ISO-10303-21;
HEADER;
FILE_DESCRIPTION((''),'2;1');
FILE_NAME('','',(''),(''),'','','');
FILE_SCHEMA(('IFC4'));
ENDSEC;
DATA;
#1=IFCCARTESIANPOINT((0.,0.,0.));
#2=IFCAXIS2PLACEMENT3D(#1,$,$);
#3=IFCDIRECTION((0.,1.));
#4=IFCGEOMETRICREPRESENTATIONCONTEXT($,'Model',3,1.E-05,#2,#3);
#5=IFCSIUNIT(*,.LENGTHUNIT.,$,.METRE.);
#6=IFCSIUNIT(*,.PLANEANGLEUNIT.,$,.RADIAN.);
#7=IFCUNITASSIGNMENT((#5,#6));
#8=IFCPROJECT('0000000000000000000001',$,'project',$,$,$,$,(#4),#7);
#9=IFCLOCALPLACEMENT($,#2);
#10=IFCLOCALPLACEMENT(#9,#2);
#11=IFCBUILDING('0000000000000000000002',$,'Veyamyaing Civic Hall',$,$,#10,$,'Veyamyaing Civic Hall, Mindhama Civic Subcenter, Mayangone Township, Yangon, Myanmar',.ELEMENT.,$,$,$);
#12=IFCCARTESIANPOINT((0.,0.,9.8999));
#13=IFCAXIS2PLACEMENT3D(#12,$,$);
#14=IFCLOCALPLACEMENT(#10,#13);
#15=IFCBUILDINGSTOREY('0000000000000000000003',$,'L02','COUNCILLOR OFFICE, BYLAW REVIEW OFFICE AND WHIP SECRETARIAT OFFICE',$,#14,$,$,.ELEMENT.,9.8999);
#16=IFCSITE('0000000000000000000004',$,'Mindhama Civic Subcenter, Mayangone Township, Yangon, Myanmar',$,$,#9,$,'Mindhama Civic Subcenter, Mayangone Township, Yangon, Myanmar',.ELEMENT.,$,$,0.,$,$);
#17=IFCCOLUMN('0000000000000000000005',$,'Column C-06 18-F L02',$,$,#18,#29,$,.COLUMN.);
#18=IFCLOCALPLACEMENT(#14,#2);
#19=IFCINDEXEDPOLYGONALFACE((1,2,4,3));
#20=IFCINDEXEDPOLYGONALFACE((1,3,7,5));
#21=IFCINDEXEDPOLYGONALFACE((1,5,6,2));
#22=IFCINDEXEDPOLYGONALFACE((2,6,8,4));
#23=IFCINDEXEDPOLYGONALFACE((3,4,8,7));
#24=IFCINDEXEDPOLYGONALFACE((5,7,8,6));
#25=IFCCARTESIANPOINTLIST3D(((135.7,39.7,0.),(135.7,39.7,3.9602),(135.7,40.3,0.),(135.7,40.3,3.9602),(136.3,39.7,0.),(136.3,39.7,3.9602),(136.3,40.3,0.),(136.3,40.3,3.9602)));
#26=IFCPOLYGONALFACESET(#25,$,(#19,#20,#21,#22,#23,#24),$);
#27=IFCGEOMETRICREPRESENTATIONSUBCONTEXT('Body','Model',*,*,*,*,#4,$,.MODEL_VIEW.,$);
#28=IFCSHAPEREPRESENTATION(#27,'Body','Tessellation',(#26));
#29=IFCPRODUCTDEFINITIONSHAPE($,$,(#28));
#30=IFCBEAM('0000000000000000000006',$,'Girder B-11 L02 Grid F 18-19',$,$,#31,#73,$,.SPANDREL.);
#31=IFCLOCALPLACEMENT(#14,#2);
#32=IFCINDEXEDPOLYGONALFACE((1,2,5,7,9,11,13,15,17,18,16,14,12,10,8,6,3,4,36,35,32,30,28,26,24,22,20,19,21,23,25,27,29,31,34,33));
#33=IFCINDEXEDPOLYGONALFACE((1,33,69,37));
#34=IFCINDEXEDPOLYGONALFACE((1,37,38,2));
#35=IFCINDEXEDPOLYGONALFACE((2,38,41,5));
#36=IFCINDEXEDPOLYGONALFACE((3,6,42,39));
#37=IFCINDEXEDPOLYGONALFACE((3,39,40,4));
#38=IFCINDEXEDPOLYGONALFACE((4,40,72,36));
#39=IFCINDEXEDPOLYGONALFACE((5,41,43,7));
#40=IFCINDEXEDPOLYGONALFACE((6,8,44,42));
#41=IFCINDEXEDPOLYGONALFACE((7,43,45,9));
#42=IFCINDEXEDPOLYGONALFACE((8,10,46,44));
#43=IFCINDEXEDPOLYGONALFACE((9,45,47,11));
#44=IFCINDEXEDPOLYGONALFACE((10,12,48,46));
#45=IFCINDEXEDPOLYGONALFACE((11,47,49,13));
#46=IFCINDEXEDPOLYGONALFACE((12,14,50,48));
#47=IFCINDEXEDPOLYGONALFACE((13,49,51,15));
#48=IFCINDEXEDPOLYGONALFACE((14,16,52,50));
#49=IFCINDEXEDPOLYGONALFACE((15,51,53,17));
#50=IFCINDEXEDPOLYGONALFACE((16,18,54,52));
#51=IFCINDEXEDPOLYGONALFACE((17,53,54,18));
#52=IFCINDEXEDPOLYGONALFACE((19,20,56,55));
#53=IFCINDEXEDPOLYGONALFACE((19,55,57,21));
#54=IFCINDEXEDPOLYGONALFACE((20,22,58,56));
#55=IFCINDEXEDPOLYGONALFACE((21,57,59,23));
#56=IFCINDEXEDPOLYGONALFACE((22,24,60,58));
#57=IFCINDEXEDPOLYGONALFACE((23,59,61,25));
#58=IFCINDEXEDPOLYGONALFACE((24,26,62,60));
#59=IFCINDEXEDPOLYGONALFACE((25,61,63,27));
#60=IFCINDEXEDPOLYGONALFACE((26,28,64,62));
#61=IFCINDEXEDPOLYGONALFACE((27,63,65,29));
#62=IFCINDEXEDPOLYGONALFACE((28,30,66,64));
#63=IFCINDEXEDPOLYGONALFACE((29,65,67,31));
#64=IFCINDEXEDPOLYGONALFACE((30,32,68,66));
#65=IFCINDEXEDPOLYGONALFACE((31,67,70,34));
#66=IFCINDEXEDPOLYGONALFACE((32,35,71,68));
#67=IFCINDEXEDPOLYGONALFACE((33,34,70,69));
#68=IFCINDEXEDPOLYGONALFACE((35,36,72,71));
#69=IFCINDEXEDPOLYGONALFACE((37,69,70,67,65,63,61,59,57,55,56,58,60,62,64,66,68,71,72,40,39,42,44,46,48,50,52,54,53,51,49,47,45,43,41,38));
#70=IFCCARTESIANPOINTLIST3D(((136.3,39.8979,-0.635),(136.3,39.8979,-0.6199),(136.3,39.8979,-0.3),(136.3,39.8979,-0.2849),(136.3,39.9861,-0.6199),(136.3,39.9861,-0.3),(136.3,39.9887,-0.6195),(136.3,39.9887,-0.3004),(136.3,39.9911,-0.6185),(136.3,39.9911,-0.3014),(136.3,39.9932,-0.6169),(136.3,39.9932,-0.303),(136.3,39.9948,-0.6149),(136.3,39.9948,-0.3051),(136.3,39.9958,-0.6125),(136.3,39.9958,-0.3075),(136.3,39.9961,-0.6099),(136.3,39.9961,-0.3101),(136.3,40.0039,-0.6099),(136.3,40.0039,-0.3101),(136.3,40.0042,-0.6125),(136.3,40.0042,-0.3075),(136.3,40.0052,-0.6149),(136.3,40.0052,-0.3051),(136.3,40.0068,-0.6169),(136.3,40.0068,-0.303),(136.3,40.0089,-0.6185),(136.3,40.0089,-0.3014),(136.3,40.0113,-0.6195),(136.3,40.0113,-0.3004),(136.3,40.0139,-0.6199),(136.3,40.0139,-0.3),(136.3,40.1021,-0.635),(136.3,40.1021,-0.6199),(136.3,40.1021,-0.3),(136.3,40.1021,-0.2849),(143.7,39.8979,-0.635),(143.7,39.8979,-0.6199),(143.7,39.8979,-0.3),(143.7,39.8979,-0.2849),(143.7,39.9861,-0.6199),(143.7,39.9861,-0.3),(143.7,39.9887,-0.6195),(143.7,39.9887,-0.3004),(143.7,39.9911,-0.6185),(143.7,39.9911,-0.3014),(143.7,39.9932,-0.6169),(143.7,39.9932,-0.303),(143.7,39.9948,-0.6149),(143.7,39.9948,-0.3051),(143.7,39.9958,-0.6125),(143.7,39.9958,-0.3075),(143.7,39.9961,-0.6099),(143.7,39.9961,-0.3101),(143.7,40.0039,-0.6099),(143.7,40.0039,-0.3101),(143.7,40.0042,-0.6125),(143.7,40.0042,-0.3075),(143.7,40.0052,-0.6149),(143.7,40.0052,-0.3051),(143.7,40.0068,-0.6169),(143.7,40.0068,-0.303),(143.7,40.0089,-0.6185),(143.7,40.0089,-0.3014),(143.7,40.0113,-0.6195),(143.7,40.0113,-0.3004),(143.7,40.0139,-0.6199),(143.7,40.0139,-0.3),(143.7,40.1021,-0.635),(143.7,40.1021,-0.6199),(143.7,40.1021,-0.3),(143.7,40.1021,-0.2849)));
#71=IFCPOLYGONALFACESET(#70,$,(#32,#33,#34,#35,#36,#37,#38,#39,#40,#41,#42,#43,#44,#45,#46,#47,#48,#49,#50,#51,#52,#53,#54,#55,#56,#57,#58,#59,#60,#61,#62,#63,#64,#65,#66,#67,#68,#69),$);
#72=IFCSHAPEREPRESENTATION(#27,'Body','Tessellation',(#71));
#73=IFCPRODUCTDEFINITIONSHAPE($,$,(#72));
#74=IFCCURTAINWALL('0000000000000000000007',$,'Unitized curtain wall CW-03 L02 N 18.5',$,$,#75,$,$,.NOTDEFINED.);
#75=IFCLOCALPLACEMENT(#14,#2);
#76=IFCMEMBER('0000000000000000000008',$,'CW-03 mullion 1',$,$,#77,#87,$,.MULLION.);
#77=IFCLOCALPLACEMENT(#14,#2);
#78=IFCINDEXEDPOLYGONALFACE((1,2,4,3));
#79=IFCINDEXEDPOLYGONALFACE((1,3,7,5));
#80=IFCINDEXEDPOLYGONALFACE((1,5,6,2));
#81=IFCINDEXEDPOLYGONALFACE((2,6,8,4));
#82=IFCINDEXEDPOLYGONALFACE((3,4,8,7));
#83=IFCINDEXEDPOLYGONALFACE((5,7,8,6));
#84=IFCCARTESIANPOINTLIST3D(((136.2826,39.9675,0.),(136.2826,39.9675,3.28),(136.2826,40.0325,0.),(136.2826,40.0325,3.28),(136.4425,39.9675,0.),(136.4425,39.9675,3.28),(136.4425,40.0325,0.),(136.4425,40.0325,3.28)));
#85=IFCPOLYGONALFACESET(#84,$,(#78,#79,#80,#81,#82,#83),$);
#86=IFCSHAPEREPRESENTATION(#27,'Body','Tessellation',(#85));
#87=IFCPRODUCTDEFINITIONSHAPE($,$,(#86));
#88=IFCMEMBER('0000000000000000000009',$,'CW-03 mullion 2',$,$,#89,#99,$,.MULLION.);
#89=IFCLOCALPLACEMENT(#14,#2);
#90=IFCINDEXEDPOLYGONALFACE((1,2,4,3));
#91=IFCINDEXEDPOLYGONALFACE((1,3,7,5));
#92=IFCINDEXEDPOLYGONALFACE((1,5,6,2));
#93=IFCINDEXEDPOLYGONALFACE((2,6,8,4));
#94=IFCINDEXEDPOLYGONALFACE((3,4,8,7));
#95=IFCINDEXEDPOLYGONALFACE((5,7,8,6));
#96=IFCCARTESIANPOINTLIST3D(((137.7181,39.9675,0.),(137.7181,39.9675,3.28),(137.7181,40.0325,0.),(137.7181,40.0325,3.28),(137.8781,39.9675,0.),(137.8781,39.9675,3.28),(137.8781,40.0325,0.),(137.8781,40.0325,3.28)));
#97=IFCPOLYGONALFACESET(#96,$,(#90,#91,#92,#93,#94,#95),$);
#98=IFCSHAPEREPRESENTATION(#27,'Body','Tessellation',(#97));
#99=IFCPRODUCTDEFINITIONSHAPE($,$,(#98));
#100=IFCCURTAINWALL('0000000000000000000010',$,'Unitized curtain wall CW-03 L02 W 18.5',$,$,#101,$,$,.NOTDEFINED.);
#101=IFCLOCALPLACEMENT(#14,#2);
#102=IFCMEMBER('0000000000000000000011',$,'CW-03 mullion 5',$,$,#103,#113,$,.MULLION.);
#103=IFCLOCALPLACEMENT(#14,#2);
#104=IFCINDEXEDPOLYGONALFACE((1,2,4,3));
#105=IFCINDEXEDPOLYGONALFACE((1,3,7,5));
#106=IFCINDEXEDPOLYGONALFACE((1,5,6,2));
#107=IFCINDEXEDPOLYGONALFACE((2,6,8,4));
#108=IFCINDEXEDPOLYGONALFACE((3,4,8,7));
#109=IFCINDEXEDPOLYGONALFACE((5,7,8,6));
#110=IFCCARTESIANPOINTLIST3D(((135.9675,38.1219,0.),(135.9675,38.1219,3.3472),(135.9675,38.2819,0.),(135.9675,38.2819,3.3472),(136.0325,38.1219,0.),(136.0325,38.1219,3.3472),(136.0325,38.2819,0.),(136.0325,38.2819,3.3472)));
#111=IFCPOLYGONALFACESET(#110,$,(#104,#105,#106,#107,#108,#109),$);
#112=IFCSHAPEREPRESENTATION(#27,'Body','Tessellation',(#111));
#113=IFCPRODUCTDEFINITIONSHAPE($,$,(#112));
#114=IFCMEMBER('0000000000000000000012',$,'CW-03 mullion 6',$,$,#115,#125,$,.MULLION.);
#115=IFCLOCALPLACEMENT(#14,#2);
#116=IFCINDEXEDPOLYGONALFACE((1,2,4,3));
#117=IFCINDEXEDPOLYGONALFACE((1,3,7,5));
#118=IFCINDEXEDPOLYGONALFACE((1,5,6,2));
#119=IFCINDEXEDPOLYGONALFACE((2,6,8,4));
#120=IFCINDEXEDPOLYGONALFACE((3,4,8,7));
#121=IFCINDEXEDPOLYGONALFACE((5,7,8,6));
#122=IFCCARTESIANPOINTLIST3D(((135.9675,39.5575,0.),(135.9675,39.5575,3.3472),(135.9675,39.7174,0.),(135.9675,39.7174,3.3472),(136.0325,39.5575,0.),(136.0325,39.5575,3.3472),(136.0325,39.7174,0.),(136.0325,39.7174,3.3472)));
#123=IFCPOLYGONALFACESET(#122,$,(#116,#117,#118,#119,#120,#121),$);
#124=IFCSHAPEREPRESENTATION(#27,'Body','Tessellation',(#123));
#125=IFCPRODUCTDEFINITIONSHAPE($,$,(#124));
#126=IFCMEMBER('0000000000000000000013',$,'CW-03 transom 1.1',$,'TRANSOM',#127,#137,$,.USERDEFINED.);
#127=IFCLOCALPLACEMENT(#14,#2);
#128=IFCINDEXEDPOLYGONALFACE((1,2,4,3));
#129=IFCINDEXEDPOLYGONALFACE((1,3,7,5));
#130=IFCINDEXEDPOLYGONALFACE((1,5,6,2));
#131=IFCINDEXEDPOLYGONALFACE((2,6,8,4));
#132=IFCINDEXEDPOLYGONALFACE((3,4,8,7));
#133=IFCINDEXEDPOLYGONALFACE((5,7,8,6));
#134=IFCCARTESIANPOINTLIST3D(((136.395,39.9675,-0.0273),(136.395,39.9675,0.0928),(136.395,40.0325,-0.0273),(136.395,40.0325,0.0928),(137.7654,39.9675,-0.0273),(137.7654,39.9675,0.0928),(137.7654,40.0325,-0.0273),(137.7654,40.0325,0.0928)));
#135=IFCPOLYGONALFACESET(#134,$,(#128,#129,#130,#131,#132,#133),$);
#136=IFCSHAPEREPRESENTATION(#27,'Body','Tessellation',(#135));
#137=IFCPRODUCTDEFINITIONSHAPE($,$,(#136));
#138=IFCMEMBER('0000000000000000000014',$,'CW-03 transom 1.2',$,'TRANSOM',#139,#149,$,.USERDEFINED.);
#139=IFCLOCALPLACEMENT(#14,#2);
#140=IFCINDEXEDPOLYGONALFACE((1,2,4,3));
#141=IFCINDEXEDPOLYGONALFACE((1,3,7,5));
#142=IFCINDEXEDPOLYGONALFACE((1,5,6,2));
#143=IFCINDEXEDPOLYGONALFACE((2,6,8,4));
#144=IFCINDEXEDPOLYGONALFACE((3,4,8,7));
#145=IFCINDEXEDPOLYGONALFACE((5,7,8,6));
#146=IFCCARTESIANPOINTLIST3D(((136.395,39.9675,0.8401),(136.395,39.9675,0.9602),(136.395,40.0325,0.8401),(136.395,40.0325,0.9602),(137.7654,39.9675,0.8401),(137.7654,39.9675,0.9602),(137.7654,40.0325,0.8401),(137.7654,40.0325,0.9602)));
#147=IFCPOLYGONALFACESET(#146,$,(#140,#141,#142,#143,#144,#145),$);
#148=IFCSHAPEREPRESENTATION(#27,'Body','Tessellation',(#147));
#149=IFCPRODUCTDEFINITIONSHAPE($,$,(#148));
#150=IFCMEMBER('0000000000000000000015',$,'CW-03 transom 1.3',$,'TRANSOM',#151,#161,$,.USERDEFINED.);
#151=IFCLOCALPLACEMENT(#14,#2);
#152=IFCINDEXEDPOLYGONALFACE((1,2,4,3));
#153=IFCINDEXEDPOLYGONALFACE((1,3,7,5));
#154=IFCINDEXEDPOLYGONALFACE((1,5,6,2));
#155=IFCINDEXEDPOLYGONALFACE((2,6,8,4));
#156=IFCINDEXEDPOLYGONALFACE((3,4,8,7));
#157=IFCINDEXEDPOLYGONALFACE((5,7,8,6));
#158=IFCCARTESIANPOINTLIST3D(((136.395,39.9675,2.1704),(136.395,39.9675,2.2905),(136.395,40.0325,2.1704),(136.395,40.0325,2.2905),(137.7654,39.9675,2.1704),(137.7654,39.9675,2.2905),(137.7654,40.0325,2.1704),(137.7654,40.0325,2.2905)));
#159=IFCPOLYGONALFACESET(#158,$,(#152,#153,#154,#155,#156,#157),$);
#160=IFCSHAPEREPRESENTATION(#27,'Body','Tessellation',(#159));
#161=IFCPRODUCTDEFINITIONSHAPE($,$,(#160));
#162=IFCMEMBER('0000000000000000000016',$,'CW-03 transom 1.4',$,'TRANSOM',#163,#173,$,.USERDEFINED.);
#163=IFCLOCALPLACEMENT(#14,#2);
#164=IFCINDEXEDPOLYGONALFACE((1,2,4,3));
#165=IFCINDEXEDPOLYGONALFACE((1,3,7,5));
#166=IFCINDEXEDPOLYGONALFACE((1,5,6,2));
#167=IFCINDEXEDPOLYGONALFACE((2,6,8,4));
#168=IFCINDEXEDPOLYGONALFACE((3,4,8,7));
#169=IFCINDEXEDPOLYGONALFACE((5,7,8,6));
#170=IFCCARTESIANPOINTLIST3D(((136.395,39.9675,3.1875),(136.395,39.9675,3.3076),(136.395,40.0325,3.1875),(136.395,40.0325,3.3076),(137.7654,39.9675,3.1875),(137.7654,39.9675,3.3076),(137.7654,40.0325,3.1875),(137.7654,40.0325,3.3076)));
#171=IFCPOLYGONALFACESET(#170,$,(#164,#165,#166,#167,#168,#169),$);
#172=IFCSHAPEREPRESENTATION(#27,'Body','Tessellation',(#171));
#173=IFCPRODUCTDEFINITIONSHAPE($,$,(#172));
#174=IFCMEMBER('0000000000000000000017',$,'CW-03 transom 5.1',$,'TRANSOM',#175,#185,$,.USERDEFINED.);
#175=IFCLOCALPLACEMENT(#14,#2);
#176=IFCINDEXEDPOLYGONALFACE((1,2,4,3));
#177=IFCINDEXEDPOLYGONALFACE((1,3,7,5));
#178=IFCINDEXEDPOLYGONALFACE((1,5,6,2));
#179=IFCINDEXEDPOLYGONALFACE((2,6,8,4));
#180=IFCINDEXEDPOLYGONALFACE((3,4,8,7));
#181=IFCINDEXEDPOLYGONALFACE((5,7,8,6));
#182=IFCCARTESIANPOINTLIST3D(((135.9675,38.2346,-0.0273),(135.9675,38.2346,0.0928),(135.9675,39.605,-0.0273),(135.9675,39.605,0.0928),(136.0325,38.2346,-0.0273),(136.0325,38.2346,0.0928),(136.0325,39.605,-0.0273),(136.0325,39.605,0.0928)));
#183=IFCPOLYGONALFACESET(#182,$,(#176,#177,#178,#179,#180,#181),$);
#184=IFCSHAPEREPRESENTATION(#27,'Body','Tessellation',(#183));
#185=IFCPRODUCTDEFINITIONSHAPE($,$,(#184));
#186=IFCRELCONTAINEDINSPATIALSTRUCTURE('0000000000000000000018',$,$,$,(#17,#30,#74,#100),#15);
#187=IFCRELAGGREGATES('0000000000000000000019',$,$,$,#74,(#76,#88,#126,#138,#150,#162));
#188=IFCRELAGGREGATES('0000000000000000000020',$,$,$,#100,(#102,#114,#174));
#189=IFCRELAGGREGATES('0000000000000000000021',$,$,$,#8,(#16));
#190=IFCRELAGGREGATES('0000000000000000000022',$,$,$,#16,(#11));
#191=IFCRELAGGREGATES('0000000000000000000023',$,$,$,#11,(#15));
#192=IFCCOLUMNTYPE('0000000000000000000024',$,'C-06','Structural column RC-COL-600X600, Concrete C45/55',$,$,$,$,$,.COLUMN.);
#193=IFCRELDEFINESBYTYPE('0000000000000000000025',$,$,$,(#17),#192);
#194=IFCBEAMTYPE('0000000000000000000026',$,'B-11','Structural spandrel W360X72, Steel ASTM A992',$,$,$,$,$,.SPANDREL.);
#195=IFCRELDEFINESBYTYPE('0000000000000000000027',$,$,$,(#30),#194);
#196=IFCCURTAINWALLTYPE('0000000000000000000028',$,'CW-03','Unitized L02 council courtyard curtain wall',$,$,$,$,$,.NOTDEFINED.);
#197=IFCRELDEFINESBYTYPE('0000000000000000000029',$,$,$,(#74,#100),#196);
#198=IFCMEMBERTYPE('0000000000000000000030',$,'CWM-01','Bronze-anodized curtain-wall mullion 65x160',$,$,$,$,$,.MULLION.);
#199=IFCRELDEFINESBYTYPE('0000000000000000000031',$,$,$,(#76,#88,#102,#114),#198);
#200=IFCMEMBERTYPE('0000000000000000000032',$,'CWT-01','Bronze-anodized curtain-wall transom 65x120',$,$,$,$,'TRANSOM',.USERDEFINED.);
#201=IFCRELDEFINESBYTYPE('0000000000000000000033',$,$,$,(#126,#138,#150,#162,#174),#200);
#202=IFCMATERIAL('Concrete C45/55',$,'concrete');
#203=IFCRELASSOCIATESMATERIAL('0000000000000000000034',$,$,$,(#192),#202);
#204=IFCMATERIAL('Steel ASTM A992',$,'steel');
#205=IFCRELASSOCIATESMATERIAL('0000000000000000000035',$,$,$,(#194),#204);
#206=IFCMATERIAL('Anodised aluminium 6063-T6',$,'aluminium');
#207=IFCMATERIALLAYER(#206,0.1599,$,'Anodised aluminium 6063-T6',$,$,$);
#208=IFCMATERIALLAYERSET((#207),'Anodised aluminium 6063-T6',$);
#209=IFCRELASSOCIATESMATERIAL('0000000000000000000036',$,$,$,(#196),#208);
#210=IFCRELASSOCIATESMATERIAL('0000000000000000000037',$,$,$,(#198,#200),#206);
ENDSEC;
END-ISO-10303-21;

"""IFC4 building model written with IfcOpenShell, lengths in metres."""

from ifc_helpers import new_model, si_unit, direction, frame, origin, origin_2d, place, context, subcontext, project, spatial, rectangle, i_section, extrude, material, layer, layer_set, material_profile, profile_set, type_object, element, aggregate, save


model = new_model("IFC4")

# Units and contexts
model_context = context("Model", 3, precision=1e-05, world=origin(), true_north=direction((0.0, 1.0)))
body_context = subcontext(model_context, "Body", "Model", "MODEL_VIEW")
ifc_project = project(units=[si_unit("LENGTHUNIT", "METRE"), si_unit("PLANEANGLEUNIT", "RADIAN")], contexts=[model_context])

# Site, building, storey
site_placement = place(None, origin())
site = spatial("IfcSite", under=ifc_project, at=site_placement, Name="Mindhama Civic Subcenter, Mayangone Township, Yangon, Myanmar", LongName="Mindhama Civic Subcenter, Mayangone Township, Yangon, Myanmar", CompositionType="ELEMENT", RefElevation=0.0)
building_placement = place(site_placement, origin())
building = spatial("IfcBuilding", under=site, at=building_placement, Name="Veyamyaing Civic Hall", LongName="Veyamyaing Civic Hall, Mindhama Civic Subcenter, Mayangone Township, Yangon, Myanmar", CompositionType="ELEMENT")
storey_placement = place(building_placement, frame((0.0, 0.0, 9.8999)))
storey = spatial("IfcBuildingStorey", under=building, at=storey_placement, Name="L02", Description="COUNCILLOR OFFICE, BYLAW REVIEW OFFICE AND WHIP SECRETARIAT OFFICE", CompositionType="ELEMENT", Elevation=9.8999)

# Column
ifc_material_1 = material(Name="Concrete C45/55", Category="concrete")
ifc_material_profile_1 = material_profile(ifc_material_1, rectangle(XDim=0.6001, YDim=0.6001, at=origin_2d()), Name="RC-COL-600X600")
ifc_profile_set_1 = profile_set([ifc_material_profile_1], Name="Concrete C45/55")
column_type = type_object("IfcColumnType", Name="C-06", Description="Structural column RC-COL-600X600, Concrete C45/55", PredefinedType="COLUMN", material=ifc_profile_set_1)
column_placement = place(storey_placement, frame((136.0, 40.0, 0.0), z_axis=(0.0, 0.0, 1.0), x_axis=(1.0, 0.0, 0.0)))
element("IfcColumn", 1, at=column_placement, inside=storey, type_object=column_type, Name="Column C-06 18-F L02", PredefinedType="COLUMN", context=body_context, shape_type="SweptSolid", body=[
    extrude(rectangle(XDim=0.6001, YDim=0.6001, at=origin_2d()), origin(), (0.0, 0.0, 1.0), 3.9602),
])

# Beam
ifc_material_2 = material(Name="Steel ASTM A992", Category="steel")
ifc_material_profile_2 = material_profile(ifc_material_2, i_section(OverallWidth=0.2041, OverallDepth=0.3501, WebThickness=0.0078, FlangeThickness=0.0151, FilletRadius=0.01, at=origin_2d()), Name="W360X72")
ifc_profile_set_2 = profile_set([ifc_material_profile_2], Name="Steel ASTM A992")
beam_type = type_object("IfcBeamType", Name="B-11", Description="Structural spandrel W360X72, Steel ASTM A992", PredefinedType="SPANDREL", material=ifc_profile_set_2)
beam_placement = place(storey_placement, frame((136.3, 40.0, -0.46), z_axis=(1.0, 0.0, 0.0), x_axis=(0.0, 1.0, 0.0)))
element("IfcBeam", 2, at=beam_placement, inside=storey, type_object=beam_type, Name="Girder B-11 L02 Grid F 18-19", PredefinedType="SPANDREL", context=body_context, shape_type="SweptSolid", body=[
    extrude(i_section(OverallWidth=0.2041, OverallDepth=0.3501, WebThickness=0.0078, FlangeThickness=0.0151, FilletRadius=0.01, at=origin_2d()), origin(), (0.0, 0.0, 1.0), 7.3999),
])

# Curtain walls, members
ifc_material_3 = material(Name="Anodised aluminium 6063-T6", Category="aluminium")
ifc_layer_1 = layer(ifc_material_3, 0.1599, Name="Anodised aluminium 6063-T6")
ifc_layer_set_1 = layer_set([ifc_layer_1], Name="Anodised aluminium 6063-T6")
curtain_wall_type = type_object("IfcCurtainWallType", Name="CW-03", Description="Unitized L02 council courtyard curtain wall", PredefinedType="NOTDEFINED", material=ifc_layer_set_1)
curtain_wall_1_placement = place(storey_placement, origin())
curtain_wall_1 = element("IfcCurtainWall", 3, at=curtain_wall_1_placement, inside=storey, type_object=curtain_wall_type, Name="Unitized curtain wall CW-03 L02 N 18.5", PredefinedType="NOTDEFINED")
ifc_material_profile_3 = material_profile(ifc_material_3, rectangle(XDim=0.0649, YDim=0.1599, at=origin_2d()), Name="ALU-MUL-65X160")
ifc_profile_set_3 = profile_set([ifc_material_profile_3], Name="Anodised aluminium 6063-T6")
member_type_1 = type_object("IfcMemberType", Name="CWM-01", Description="Bronze-anodized curtain-wall mullion 65x160", PredefinedType="MULLION", material=ifc_profile_set_3)
member_1_placement = place(storey_placement, frame((136.3625, 40.0, 0.0), z_axis=(0.0, 0.0, 1.0), x_axis=(0.0, 1.0, 0.0)))
member_1 = element("IfcMember", 4, at=member_1_placement, type_object=member_type_1, Name="CW-03 mullion 1", PredefinedType="MULLION", context=body_context, shape_type="SweptSolid", body=[
    extrude(rectangle(XDim=0.0649, YDim=0.1599, at=origin_2d()), origin(), (0.0, 0.0, 1.0), 3.28),
])
member_2_placement = place(storey_placement, frame((137.7981, 40.0, 0.0), z_axis=(0.0, 0.0, 1.0), x_axis=(0.0, 1.0, 0.0)))
member_2 = element("IfcMember", 5, at=member_2_placement, type_object=member_type_1, Name="CW-03 mullion 2", PredefinedType="MULLION", context=body_context, shape_type="SweptSolid", body=[
    extrude(rectangle(XDim=0.0649, YDim=0.1599, at=origin_2d()), origin(), (0.0, 0.0, 1.0), 3.28),
])
curtain_wall_2_placement = place(storey_placement, origin())
curtain_wall_2 = element("IfcCurtainWall", 6, at=curtain_wall_2_placement, inside=storey, type_object=curtain_wall_type, Name="Unitized curtain wall CW-03 L02 W 18.5", PredefinedType="NOTDEFINED")
member_3_placement = place(storey_placement, frame((136.0, 38.2019, 0.0), z_axis=(0.0, 0.0, 1.0), x_axis=(-1.0, 0.0, 0.0)))
member_3 = element("IfcMember", 7, at=member_3_placement, type_object=member_type_1, Name="CW-03 mullion 5", PredefinedType="MULLION", context=body_context, shape_type="SweptSolid", body=[
    extrude(rectangle(XDim=0.0649, YDim=0.1599, at=origin_2d()), origin(), (0.0, 0.0, 1.0), 3.3472),
])
member_4_placement = place(storey_placement, frame((136.0, 39.6375, 0.0), z_axis=(0.0, 0.0, 1.0), x_axis=(-1.0, 0.0, 0.0)))
member_4 = element("IfcMember", 8, at=member_4_placement, type_object=member_type_1, Name="CW-03 mullion 6", PredefinedType="MULLION", context=body_context, shape_type="SweptSolid", body=[
    extrude(rectangle(XDim=0.0649, YDim=0.1599, at=origin_2d()), origin(), (0.0, 0.0, 1.0), 3.3472),
])

# Members
ifc_material_profile_4 = material_profile(ifc_material_3, rectangle(XDim=0.0649, YDim=0.1201, at=origin_2d()), Name="ALU-TRN-65X120")
ifc_profile_set_4 = profile_set([ifc_material_profile_4], Name="Anodised aluminium 6063-T6")
member_type_2 = type_object("IfcMemberType", Name="CWT-01", Description="Bronze-anodized curtain-wall transom 65x120", ElementType="TRANSOM", PredefinedType="USERDEFINED", material=ifc_profile_set_4)
member_5_placement = place(storey_placement, frame((136.395, 40.0, 0.0327), z_axis=(1.0, 0.0, 0.0), x_axis=(0.0, 1.0, 0.0)))
member_5 = element("IfcMember", 9, at=member_5_placement, type_object=member_type_2, Name="CW-03 transom 1.1", ObjectType="TRANSOM", PredefinedType="USERDEFINED", context=body_context, shape_type="SweptSolid", body=[
    extrude(rectangle(XDim=0.0649, YDim=0.1201, at=origin_2d()), origin(), (0.0, 0.0, 1.0), 1.3704),
])
member_6_placement = place(storey_placement, frame((136.395, 40.0, 0.9001), z_axis=(1.0, 0.0, 0.0), x_axis=(0.0, 1.0, 0.0)))
member_6 = element("IfcMember", 10, at=member_6_placement, type_object=member_type_2, Name="CW-03 transom 1.2", ObjectType="TRANSOM", PredefinedType="USERDEFINED", context=body_context, shape_type="SweptSolid", body=[
    extrude(rectangle(XDim=0.0649, YDim=0.1201, at=origin_2d()), origin(), (0.0, 0.0, 1.0), 1.3704),
])
member_7_placement = place(storey_placement, frame((136.395, 40.0, 2.2305), z_axis=(1.0, 0.0, 0.0), x_axis=(0.0, 1.0, 0.0)))
member_7 = element("IfcMember", 11, at=member_7_placement, type_object=member_type_2, Name="CW-03 transom 1.3", ObjectType="TRANSOM", PredefinedType="USERDEFINED", context=body_context, shape_type="SweptSolid", body=[
    extrude(rectangle(XDim=0.0649, YDim=0.1201, at=origin_2d()), origin(), (0.0, 0.0, 1.0), 1.3704),
])
member_8_placement = place(storey_placement, frame((136.395, 40.0, 3.2476), z_axis=(1.0, 0.0, 0.0), x_axis=(0.0, 1.0, 0.0)))
member_8 = element("IfcMember", 12, at=member_8_placement, type_object=member_type_2, Name="CW-03 transom 1.4", ObjectType="TRANSOM", PredefinedType="USERDEFINED", context=body_context, shape_type="SweptSolid", body=[
    extrude(rectangle(XDim=0.0649, YDim=0.1201, at=origin_2d()), origin(), (0.0, 0.0, 1.0), 1.3704),
])
member_9_placement = place(storey_placement, frame((136.0, 38.2346, 0.0327), z_axis=(0.0, 1.0, 0.0), x_axis=(-1.0, 0.0, 0.0)))
member_9 = element("IfcMember", 13, at=member_9_placement, type_object=member_type_2, Name="CW-03 transom 5.1", ObjectType="TRANSOM", PredefinedType="USERDEFINED", context=body_context, shape_type="SweptSolid", body=[
    extrude(rectangle(XDim=0.0649, YDim=0.1201, at=origin_2d()), origin(), (0.0, 0.0, 1.0), 1.3704),
])

aggregate(curtain_wall_1, [member_1, member_2, member_5, member_6, member_7, member_8])
aggregate(curtain_wall_2, [member_3, member_4, member_9])

save(model, "model.ifc")
